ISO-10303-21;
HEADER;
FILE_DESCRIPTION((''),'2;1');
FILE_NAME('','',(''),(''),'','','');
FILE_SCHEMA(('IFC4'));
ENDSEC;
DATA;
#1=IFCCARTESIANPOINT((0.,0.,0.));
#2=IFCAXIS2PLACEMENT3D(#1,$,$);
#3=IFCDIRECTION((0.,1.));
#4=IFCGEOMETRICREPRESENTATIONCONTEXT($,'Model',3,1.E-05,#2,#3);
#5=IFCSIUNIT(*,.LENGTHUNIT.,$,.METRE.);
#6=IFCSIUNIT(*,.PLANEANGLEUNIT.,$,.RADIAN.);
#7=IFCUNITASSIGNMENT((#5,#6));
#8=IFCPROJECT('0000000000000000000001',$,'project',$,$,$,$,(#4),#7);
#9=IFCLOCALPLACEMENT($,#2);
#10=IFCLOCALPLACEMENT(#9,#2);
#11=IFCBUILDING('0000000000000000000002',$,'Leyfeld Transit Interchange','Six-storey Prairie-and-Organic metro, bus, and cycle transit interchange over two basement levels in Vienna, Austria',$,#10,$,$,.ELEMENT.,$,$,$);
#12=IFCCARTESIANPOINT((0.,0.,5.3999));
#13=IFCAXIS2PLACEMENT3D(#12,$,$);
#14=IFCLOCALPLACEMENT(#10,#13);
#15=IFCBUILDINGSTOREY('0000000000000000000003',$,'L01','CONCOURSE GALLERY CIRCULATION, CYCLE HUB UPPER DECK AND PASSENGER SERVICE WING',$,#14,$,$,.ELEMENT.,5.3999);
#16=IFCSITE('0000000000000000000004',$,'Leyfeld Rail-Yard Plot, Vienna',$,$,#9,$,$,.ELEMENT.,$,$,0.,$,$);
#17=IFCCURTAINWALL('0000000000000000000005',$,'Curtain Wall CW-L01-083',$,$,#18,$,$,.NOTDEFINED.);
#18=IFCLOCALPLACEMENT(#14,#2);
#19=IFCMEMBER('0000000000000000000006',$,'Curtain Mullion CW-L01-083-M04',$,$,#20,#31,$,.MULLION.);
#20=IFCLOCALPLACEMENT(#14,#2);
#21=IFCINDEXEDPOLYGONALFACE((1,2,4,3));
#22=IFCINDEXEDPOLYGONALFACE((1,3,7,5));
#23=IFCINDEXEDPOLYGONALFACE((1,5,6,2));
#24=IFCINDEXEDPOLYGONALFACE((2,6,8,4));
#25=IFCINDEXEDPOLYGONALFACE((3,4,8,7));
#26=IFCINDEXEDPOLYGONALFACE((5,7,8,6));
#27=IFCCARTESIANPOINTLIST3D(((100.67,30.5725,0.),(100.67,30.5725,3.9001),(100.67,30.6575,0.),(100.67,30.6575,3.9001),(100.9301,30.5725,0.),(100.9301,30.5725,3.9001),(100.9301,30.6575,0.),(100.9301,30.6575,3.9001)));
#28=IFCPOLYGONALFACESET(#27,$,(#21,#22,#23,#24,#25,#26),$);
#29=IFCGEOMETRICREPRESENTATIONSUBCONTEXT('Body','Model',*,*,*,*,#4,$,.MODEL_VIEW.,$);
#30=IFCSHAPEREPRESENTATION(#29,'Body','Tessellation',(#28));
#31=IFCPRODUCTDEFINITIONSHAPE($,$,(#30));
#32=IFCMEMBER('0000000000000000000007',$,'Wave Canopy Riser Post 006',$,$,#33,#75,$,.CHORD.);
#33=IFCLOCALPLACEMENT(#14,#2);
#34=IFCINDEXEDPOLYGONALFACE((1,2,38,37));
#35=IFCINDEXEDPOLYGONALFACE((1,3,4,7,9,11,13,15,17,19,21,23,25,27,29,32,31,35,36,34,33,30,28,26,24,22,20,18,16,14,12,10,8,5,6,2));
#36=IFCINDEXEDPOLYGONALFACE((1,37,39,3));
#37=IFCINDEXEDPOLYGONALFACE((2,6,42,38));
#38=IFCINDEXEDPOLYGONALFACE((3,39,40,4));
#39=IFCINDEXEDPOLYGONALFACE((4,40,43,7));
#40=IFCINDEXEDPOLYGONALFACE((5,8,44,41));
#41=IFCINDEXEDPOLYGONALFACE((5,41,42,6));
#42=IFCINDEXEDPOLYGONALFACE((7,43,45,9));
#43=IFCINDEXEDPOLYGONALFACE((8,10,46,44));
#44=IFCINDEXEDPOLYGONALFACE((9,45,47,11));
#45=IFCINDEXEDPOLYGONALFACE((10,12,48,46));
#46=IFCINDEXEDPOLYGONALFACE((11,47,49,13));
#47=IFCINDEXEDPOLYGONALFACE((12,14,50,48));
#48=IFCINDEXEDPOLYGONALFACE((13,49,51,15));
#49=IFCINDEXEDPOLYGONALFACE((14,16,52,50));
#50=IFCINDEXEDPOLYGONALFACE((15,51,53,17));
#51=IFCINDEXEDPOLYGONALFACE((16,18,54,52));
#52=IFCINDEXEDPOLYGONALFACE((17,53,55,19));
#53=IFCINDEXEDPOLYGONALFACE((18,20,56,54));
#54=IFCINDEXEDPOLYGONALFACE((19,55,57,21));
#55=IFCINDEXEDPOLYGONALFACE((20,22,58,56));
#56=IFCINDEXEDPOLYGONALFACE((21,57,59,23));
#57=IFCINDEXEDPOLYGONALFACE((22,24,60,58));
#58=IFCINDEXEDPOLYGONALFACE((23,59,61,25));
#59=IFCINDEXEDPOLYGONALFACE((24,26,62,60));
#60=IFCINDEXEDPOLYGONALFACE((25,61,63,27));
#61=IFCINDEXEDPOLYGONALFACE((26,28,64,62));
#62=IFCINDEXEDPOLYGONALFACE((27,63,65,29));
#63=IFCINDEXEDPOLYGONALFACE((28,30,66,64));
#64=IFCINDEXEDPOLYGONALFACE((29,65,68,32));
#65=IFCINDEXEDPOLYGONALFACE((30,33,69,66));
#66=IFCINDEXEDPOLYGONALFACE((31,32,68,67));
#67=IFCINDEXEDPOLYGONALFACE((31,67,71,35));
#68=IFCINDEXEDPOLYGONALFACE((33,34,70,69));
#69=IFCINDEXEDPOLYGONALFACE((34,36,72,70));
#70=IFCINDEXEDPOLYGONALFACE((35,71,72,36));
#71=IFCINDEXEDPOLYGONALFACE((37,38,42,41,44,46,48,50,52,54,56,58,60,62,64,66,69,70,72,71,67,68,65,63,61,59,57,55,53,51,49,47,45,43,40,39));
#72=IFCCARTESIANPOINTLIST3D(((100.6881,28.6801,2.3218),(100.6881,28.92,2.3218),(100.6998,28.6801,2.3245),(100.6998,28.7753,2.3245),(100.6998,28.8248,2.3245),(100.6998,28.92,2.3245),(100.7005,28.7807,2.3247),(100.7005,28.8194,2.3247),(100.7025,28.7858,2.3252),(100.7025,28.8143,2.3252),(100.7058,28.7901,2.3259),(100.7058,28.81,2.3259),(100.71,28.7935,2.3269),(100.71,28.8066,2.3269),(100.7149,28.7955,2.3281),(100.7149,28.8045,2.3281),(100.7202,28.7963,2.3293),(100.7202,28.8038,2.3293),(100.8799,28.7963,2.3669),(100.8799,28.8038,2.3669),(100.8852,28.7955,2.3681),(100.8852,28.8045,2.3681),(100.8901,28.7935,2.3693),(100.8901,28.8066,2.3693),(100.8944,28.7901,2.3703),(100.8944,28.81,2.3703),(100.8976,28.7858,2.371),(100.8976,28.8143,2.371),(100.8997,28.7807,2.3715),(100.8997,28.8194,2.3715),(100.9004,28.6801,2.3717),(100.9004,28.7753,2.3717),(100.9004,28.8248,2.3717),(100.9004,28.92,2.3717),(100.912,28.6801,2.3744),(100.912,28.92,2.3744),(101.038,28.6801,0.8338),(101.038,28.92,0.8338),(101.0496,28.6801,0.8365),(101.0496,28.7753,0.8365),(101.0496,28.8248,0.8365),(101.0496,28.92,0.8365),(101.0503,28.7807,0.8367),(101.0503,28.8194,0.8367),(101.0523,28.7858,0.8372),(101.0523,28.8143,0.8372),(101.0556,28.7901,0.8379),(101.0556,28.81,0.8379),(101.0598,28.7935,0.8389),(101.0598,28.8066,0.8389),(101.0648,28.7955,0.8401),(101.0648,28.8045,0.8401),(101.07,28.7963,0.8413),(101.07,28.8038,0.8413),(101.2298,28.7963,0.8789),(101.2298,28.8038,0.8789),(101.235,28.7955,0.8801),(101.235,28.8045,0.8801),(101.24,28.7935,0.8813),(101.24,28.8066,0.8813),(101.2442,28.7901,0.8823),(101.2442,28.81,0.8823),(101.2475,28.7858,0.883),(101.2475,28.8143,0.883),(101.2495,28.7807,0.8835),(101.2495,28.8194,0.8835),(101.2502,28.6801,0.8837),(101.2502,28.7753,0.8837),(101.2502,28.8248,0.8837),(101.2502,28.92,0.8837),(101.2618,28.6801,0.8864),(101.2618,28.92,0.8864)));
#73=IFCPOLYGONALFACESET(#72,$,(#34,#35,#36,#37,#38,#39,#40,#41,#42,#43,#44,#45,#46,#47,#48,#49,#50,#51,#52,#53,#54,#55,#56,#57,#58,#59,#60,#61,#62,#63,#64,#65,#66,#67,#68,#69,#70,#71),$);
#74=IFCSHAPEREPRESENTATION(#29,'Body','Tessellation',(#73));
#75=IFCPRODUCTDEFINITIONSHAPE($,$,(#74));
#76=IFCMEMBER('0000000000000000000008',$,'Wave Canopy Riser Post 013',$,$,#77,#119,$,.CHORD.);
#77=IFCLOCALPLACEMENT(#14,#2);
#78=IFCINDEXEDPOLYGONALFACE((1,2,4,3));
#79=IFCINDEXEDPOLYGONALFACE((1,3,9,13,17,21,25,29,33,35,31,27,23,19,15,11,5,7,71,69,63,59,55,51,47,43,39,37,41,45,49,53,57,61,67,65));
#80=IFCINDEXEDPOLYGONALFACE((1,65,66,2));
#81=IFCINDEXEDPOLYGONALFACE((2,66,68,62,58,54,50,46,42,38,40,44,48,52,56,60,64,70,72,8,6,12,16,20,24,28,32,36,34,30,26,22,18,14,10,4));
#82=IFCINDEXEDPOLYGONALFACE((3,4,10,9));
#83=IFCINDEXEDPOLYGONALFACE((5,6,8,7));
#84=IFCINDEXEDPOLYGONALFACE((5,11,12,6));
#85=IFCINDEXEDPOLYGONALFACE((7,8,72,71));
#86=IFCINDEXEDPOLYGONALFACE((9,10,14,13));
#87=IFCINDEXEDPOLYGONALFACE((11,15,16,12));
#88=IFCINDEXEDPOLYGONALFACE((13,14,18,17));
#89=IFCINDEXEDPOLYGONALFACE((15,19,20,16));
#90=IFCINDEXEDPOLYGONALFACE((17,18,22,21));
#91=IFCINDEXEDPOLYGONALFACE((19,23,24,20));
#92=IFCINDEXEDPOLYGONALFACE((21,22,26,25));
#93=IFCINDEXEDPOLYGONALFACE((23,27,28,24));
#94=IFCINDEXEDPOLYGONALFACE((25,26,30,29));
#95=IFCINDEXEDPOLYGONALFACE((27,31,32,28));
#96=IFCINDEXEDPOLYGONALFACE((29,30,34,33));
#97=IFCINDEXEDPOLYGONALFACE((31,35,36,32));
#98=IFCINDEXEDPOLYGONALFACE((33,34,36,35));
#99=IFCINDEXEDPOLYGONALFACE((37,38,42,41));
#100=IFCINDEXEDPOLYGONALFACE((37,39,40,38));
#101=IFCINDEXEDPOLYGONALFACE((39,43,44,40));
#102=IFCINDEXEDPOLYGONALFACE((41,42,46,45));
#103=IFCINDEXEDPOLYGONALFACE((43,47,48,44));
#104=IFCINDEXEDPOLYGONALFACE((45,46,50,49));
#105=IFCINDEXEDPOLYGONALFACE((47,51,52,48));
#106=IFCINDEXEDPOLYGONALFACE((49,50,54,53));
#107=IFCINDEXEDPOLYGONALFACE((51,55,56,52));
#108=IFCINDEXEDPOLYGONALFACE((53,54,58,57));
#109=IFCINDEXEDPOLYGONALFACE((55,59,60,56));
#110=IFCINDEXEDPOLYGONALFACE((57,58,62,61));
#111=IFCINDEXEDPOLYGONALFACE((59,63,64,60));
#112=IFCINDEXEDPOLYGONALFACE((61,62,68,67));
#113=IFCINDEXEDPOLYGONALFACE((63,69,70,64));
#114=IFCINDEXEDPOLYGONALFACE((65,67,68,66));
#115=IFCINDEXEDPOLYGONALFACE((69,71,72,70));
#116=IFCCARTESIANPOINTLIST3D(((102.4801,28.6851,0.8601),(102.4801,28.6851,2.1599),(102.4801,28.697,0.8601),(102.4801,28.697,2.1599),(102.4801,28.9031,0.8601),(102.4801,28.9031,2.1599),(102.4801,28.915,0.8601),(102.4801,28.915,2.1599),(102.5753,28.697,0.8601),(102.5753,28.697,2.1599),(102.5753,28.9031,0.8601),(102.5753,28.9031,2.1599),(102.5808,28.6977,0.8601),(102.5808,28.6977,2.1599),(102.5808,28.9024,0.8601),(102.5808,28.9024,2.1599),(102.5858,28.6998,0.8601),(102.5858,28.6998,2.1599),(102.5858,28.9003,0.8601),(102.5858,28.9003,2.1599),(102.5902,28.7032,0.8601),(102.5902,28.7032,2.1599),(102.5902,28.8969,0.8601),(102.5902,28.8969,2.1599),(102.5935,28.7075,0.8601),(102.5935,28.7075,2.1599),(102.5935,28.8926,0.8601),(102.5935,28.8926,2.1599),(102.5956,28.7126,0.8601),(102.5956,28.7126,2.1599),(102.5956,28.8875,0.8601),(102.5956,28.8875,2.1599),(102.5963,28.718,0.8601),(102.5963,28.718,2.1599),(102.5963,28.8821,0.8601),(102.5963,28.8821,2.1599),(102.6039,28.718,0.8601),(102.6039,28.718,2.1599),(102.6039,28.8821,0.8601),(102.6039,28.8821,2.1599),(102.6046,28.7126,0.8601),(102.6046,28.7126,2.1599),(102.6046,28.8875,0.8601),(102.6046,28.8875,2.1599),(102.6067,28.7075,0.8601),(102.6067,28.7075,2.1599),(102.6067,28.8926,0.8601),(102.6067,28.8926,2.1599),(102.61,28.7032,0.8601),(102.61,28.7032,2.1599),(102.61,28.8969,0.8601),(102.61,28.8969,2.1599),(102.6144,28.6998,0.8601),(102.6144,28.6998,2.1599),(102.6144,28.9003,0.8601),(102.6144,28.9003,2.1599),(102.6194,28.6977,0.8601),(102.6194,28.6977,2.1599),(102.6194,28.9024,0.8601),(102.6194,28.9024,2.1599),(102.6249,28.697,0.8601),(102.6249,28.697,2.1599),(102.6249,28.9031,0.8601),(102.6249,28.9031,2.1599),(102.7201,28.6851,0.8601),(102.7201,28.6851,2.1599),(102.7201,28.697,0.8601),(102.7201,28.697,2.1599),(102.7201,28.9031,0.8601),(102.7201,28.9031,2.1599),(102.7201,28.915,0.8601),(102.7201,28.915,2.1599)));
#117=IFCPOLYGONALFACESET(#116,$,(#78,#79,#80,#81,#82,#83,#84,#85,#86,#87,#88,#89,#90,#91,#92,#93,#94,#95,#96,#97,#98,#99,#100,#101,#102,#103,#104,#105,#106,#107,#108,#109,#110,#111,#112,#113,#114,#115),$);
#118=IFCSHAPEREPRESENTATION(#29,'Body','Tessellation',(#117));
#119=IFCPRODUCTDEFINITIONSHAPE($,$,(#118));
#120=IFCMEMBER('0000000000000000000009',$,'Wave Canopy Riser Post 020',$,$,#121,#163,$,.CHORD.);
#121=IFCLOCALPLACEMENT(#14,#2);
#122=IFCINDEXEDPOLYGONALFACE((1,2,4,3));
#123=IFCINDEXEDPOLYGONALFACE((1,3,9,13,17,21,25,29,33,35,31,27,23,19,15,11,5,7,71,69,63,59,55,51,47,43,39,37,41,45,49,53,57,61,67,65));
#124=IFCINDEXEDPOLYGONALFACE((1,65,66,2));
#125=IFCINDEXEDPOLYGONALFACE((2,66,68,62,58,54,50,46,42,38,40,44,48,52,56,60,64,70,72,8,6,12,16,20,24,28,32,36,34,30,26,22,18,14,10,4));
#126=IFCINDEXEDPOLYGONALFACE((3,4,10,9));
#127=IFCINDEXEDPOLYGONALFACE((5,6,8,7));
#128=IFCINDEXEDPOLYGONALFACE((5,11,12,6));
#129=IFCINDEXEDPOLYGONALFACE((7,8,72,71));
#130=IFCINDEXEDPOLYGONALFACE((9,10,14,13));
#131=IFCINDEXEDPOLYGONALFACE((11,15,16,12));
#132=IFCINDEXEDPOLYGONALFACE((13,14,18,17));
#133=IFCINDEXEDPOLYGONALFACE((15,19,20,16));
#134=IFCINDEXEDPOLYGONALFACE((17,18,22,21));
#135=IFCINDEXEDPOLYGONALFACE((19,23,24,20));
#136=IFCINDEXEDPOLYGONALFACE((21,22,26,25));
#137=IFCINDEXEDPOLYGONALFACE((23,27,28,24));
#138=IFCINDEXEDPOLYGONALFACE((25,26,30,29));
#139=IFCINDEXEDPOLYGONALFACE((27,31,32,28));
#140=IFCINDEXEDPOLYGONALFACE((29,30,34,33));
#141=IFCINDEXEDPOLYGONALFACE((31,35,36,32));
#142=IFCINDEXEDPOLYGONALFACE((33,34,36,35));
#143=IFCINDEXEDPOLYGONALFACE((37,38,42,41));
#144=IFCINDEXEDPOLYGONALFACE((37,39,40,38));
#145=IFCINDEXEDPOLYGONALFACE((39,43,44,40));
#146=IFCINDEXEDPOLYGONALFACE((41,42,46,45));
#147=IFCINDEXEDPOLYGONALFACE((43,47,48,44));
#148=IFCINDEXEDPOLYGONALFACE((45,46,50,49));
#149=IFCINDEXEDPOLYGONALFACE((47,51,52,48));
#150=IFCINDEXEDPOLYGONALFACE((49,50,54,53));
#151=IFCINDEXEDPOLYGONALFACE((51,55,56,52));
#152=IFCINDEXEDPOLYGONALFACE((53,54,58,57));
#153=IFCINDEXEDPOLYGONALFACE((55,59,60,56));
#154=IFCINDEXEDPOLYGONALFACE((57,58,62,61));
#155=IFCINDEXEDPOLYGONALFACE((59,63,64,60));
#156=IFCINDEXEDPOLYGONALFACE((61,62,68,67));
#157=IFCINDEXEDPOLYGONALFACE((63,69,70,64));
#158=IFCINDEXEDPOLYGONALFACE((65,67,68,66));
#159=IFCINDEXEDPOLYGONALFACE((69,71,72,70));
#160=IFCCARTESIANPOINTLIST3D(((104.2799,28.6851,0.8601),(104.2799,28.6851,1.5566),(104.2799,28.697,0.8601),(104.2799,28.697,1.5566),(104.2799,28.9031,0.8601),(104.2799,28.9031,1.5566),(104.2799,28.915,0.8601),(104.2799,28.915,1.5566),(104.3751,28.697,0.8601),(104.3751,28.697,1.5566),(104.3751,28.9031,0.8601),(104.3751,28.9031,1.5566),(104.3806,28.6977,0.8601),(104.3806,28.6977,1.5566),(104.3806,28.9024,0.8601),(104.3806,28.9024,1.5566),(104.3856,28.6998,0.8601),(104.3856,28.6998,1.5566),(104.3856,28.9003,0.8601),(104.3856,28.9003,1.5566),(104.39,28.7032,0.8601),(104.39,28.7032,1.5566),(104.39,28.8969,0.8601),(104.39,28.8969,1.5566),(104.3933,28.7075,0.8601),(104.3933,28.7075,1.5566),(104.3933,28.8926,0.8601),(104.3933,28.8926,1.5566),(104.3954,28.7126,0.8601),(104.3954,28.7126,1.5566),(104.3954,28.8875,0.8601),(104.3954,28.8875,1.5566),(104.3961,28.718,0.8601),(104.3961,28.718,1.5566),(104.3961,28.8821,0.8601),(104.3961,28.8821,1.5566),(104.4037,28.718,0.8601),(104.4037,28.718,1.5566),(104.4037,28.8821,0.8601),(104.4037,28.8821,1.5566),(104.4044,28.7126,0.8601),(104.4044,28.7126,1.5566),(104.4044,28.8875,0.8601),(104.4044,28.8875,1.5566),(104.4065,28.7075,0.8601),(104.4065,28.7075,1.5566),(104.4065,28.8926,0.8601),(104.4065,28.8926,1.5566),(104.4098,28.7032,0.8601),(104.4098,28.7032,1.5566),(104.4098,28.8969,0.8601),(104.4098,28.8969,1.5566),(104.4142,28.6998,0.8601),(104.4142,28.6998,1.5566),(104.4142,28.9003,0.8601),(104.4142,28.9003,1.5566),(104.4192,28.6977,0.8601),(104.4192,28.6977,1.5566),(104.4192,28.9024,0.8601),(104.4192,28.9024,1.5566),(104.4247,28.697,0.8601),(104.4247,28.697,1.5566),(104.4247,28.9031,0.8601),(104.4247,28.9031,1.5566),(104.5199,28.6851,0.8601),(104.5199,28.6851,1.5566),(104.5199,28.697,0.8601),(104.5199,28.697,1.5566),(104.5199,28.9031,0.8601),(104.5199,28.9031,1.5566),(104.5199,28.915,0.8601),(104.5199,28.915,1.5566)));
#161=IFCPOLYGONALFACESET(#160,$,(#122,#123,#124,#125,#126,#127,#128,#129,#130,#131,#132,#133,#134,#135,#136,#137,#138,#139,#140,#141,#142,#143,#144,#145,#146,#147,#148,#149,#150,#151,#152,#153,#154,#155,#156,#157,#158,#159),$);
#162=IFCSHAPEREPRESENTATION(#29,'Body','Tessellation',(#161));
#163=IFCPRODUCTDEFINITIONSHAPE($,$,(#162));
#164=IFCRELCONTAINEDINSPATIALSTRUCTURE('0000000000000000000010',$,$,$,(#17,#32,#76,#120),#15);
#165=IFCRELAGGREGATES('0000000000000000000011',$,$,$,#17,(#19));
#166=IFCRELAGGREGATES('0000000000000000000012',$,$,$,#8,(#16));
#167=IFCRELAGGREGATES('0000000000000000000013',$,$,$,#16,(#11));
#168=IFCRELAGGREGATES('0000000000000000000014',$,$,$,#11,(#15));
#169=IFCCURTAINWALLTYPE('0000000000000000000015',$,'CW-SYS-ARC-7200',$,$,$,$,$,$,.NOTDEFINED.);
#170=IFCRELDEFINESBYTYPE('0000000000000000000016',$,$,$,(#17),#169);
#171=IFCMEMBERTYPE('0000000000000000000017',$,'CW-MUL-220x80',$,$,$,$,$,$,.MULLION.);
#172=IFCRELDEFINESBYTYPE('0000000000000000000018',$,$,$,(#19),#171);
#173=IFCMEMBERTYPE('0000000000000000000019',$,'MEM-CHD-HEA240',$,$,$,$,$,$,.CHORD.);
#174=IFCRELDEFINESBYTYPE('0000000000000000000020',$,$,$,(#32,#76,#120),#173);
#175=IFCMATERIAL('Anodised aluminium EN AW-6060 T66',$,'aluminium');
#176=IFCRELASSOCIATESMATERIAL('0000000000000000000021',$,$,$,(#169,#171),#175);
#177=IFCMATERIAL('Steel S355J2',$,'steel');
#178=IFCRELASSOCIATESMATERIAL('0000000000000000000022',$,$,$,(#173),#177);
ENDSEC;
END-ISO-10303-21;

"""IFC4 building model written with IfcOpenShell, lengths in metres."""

from ifc_helpers import new_model, si_unit, direction, frame, origin, origin_2d, place, context, subcontext, project, spatial, rectangle, i_section, extrude, material, material_profile, profile_set, type_object, element, aggregate, save


model = new_model("IFC4")

# Units and contexts
model_context = context("Model", 3, precision=1e-05, world=origin(), true_north=direction((0.0, 1.0)))
body_context = subcontext(model_context, "Body", "Model", "MODEL_VIEW")
ifc_project = project(units=[si_unit("LENGTHUNIT", "METRE"), si_unit("PLANEANGLEUNIT", "RADIAN")], contexts=[model_context])

# Site, building, storey
site_placement = place(None, origin())
site = spatial("IfcSite", under=ifc_project, at=site_placement, Name="Leyfeld Rail-Yard Plot, Vienna", CompositionType="ELEMENT", RefElevation=0.0)
building_placement = place(site_placement, origin())
building = spatial("IfcBuilding", under=site, at=building_placement, Name="Leyfeld Transit Interchange", Description="Six-storey Prairie-and-Organic metro, bus, and cycle transit interchange over two basement levels in Vienna, Austria", CompositionType="ELEMENT")
storey_placement = place(building_placement, frame((0.0, 0.0, 5.3999)))
storey = spatial("IfcBuildingStorey", under=building, at=storey_placement, Name="L01", Description="CONCOURSE GALLERY CIRCULATION, CYCLE HUB UPPER DECK AND PASSENGER SERVICE WING", CompositionType="ELEMENT", Elevation=5.3999)

# Curtain wall, member
ifc_material_1 = material(Name="Anodised aluminium EN AW-6060 T66", Category="aluminium")
curtain_wall_type = type_object("IfcCurtainWallType", Name="CW-SYS-ARC-7200", PredefinedType="NOTDEFINED", material=ifc_material_1)
curtain_wall_placement = place(storey_placement, origin())
curtain_wall = element("IfcCurtainWall", 1, at=curtain_wall_placement, inside=storey, type_object=curtain_wall_type, Name="Curtain Wall CW-L01-083", PredefinedType="NOTDEFINED")
ifc_material_profile_1 = material_profile(ifc_material_1, rectangle(XDim=0.085, YDim=0.26, at=origin_2d()), Name="CW-M 85x260")
ifc_profile_set_1 = profile_set([ifc_material_profile_1], Name="Anodised aluminium EN AW-6060 T66")
member_type_1 = type_object("IfcMemberType", Name="CW-MUL-220x80", PredefinedType="MULLION", material=ifc_profile_set_1)
member_1_placement = place(storey_placement, frame((100.8, 30.615, 0.0), z_axis=(0.0, 0.0, 1.0), x_axis=(0.0, -1.0, 0.0)))
member_1 = element("IfcMember", 2, at=member_1_placement, type_object=member_type_1, Name="Curtain Mullion CW-L01-083-M04", PredefinedType="MULLION", context=body_context, shape_type="SweptSolid", body=[
    extrude(rectangle(XDim=0.085, YDim=0.26, at=origin_2d()), origin(), (0.0, 0.0, 1.0), 3.9001),
])

# Members
ifc_material_2 = material(Name="Steel S355J2", Category="steel")
ifc_material_profile_2 = material_profile(ifc_material_2, i_section(OverallWidth=0.24, OverallDepth=0.23, WebThickness=0.0076, FlangeThickness=0.012, FilletRadius=0.021, at=origin_2d()), Name="HEA 240")
ifc_profile_set_2 = profile_set([ifc_material_profile_2], Name="Steel S355J2")
member_type_2 = type_object("IfcMemberType", Name="MEM-CHD-HEA240", PredefinedType="CHORD", material=ifc_profile_set_2)
member_2_placement = place(storey_placement, frame((101.1499, 28.8, 0.8601), z_axis=(-0.22887, 0.0, 0.973457), x_axis=(0.0, -1.0, 0.0)))
element("IfcMember", 3, at=member_2_placement, inside=storey, type_object=member_type_2, Name="Wave Canopy Riser Post 006", PredefinedType="CHORD", context=body_context, shape_type="SweptSolid", body=[
    extrude(i_section(OverallWidth=0.24, OverallDepth=0.23, WebThickness=0.0076, FlangeThickness=0.012, FilletRadius=0.021, at=origin_2d()), origin(), (0.0, 0.0, 1.0), 1.5286),
])
member_3_placement = place(storey_placement, frame((102.6001, 28.8, 0.8601), z_axis=(0.0, 0.0, 1.0), x_axis=(1.0, 0.0, 0.0)))
element("IfcMember", 4, at=member_3_placement, inside=storey, type_object=member_type_2, Name="Wave Canopy Riser Post 013", PredefinedType="CHORD", context=body_context, shape_type="SweptSolid", body=[
    extrude(i_section(OverallWidth=0.24, OverallDepth=0.23, WebThickness=0.0076, FlangeThickness=0.012, FilletRadius=0.021, at=origin_2d()), origin(), (0.0, 0.0, 1.0), 1.2998),
])
member_4_placement = place(storey_placement, frame((104.3999, 28.8, 0.8601), z_axis=(0.0, 0.0, 1.0), x_axis=(1.0, 0.0, 0.0)))
element("IfcMember", 5, at=member_4_placement, inside=storey, type_object=member_type_2, Name="Wave Canopy Riser Post 020", PredefinedType="CHORD", context=body_context, shape_type="SweptSolid", body=[
    extrude(i_section(OverallWidth=0.24, OverallDepth=0.23, WebThickness=0.0076, FlangeThickness=0.012, FilletRadius=0.021, at=origin_2d()), origin(), (0.0, 0.0, 1.0), 0.6965),
])

aggregate(curtain_wall, [member_1])

save(model, "model.ifc")
